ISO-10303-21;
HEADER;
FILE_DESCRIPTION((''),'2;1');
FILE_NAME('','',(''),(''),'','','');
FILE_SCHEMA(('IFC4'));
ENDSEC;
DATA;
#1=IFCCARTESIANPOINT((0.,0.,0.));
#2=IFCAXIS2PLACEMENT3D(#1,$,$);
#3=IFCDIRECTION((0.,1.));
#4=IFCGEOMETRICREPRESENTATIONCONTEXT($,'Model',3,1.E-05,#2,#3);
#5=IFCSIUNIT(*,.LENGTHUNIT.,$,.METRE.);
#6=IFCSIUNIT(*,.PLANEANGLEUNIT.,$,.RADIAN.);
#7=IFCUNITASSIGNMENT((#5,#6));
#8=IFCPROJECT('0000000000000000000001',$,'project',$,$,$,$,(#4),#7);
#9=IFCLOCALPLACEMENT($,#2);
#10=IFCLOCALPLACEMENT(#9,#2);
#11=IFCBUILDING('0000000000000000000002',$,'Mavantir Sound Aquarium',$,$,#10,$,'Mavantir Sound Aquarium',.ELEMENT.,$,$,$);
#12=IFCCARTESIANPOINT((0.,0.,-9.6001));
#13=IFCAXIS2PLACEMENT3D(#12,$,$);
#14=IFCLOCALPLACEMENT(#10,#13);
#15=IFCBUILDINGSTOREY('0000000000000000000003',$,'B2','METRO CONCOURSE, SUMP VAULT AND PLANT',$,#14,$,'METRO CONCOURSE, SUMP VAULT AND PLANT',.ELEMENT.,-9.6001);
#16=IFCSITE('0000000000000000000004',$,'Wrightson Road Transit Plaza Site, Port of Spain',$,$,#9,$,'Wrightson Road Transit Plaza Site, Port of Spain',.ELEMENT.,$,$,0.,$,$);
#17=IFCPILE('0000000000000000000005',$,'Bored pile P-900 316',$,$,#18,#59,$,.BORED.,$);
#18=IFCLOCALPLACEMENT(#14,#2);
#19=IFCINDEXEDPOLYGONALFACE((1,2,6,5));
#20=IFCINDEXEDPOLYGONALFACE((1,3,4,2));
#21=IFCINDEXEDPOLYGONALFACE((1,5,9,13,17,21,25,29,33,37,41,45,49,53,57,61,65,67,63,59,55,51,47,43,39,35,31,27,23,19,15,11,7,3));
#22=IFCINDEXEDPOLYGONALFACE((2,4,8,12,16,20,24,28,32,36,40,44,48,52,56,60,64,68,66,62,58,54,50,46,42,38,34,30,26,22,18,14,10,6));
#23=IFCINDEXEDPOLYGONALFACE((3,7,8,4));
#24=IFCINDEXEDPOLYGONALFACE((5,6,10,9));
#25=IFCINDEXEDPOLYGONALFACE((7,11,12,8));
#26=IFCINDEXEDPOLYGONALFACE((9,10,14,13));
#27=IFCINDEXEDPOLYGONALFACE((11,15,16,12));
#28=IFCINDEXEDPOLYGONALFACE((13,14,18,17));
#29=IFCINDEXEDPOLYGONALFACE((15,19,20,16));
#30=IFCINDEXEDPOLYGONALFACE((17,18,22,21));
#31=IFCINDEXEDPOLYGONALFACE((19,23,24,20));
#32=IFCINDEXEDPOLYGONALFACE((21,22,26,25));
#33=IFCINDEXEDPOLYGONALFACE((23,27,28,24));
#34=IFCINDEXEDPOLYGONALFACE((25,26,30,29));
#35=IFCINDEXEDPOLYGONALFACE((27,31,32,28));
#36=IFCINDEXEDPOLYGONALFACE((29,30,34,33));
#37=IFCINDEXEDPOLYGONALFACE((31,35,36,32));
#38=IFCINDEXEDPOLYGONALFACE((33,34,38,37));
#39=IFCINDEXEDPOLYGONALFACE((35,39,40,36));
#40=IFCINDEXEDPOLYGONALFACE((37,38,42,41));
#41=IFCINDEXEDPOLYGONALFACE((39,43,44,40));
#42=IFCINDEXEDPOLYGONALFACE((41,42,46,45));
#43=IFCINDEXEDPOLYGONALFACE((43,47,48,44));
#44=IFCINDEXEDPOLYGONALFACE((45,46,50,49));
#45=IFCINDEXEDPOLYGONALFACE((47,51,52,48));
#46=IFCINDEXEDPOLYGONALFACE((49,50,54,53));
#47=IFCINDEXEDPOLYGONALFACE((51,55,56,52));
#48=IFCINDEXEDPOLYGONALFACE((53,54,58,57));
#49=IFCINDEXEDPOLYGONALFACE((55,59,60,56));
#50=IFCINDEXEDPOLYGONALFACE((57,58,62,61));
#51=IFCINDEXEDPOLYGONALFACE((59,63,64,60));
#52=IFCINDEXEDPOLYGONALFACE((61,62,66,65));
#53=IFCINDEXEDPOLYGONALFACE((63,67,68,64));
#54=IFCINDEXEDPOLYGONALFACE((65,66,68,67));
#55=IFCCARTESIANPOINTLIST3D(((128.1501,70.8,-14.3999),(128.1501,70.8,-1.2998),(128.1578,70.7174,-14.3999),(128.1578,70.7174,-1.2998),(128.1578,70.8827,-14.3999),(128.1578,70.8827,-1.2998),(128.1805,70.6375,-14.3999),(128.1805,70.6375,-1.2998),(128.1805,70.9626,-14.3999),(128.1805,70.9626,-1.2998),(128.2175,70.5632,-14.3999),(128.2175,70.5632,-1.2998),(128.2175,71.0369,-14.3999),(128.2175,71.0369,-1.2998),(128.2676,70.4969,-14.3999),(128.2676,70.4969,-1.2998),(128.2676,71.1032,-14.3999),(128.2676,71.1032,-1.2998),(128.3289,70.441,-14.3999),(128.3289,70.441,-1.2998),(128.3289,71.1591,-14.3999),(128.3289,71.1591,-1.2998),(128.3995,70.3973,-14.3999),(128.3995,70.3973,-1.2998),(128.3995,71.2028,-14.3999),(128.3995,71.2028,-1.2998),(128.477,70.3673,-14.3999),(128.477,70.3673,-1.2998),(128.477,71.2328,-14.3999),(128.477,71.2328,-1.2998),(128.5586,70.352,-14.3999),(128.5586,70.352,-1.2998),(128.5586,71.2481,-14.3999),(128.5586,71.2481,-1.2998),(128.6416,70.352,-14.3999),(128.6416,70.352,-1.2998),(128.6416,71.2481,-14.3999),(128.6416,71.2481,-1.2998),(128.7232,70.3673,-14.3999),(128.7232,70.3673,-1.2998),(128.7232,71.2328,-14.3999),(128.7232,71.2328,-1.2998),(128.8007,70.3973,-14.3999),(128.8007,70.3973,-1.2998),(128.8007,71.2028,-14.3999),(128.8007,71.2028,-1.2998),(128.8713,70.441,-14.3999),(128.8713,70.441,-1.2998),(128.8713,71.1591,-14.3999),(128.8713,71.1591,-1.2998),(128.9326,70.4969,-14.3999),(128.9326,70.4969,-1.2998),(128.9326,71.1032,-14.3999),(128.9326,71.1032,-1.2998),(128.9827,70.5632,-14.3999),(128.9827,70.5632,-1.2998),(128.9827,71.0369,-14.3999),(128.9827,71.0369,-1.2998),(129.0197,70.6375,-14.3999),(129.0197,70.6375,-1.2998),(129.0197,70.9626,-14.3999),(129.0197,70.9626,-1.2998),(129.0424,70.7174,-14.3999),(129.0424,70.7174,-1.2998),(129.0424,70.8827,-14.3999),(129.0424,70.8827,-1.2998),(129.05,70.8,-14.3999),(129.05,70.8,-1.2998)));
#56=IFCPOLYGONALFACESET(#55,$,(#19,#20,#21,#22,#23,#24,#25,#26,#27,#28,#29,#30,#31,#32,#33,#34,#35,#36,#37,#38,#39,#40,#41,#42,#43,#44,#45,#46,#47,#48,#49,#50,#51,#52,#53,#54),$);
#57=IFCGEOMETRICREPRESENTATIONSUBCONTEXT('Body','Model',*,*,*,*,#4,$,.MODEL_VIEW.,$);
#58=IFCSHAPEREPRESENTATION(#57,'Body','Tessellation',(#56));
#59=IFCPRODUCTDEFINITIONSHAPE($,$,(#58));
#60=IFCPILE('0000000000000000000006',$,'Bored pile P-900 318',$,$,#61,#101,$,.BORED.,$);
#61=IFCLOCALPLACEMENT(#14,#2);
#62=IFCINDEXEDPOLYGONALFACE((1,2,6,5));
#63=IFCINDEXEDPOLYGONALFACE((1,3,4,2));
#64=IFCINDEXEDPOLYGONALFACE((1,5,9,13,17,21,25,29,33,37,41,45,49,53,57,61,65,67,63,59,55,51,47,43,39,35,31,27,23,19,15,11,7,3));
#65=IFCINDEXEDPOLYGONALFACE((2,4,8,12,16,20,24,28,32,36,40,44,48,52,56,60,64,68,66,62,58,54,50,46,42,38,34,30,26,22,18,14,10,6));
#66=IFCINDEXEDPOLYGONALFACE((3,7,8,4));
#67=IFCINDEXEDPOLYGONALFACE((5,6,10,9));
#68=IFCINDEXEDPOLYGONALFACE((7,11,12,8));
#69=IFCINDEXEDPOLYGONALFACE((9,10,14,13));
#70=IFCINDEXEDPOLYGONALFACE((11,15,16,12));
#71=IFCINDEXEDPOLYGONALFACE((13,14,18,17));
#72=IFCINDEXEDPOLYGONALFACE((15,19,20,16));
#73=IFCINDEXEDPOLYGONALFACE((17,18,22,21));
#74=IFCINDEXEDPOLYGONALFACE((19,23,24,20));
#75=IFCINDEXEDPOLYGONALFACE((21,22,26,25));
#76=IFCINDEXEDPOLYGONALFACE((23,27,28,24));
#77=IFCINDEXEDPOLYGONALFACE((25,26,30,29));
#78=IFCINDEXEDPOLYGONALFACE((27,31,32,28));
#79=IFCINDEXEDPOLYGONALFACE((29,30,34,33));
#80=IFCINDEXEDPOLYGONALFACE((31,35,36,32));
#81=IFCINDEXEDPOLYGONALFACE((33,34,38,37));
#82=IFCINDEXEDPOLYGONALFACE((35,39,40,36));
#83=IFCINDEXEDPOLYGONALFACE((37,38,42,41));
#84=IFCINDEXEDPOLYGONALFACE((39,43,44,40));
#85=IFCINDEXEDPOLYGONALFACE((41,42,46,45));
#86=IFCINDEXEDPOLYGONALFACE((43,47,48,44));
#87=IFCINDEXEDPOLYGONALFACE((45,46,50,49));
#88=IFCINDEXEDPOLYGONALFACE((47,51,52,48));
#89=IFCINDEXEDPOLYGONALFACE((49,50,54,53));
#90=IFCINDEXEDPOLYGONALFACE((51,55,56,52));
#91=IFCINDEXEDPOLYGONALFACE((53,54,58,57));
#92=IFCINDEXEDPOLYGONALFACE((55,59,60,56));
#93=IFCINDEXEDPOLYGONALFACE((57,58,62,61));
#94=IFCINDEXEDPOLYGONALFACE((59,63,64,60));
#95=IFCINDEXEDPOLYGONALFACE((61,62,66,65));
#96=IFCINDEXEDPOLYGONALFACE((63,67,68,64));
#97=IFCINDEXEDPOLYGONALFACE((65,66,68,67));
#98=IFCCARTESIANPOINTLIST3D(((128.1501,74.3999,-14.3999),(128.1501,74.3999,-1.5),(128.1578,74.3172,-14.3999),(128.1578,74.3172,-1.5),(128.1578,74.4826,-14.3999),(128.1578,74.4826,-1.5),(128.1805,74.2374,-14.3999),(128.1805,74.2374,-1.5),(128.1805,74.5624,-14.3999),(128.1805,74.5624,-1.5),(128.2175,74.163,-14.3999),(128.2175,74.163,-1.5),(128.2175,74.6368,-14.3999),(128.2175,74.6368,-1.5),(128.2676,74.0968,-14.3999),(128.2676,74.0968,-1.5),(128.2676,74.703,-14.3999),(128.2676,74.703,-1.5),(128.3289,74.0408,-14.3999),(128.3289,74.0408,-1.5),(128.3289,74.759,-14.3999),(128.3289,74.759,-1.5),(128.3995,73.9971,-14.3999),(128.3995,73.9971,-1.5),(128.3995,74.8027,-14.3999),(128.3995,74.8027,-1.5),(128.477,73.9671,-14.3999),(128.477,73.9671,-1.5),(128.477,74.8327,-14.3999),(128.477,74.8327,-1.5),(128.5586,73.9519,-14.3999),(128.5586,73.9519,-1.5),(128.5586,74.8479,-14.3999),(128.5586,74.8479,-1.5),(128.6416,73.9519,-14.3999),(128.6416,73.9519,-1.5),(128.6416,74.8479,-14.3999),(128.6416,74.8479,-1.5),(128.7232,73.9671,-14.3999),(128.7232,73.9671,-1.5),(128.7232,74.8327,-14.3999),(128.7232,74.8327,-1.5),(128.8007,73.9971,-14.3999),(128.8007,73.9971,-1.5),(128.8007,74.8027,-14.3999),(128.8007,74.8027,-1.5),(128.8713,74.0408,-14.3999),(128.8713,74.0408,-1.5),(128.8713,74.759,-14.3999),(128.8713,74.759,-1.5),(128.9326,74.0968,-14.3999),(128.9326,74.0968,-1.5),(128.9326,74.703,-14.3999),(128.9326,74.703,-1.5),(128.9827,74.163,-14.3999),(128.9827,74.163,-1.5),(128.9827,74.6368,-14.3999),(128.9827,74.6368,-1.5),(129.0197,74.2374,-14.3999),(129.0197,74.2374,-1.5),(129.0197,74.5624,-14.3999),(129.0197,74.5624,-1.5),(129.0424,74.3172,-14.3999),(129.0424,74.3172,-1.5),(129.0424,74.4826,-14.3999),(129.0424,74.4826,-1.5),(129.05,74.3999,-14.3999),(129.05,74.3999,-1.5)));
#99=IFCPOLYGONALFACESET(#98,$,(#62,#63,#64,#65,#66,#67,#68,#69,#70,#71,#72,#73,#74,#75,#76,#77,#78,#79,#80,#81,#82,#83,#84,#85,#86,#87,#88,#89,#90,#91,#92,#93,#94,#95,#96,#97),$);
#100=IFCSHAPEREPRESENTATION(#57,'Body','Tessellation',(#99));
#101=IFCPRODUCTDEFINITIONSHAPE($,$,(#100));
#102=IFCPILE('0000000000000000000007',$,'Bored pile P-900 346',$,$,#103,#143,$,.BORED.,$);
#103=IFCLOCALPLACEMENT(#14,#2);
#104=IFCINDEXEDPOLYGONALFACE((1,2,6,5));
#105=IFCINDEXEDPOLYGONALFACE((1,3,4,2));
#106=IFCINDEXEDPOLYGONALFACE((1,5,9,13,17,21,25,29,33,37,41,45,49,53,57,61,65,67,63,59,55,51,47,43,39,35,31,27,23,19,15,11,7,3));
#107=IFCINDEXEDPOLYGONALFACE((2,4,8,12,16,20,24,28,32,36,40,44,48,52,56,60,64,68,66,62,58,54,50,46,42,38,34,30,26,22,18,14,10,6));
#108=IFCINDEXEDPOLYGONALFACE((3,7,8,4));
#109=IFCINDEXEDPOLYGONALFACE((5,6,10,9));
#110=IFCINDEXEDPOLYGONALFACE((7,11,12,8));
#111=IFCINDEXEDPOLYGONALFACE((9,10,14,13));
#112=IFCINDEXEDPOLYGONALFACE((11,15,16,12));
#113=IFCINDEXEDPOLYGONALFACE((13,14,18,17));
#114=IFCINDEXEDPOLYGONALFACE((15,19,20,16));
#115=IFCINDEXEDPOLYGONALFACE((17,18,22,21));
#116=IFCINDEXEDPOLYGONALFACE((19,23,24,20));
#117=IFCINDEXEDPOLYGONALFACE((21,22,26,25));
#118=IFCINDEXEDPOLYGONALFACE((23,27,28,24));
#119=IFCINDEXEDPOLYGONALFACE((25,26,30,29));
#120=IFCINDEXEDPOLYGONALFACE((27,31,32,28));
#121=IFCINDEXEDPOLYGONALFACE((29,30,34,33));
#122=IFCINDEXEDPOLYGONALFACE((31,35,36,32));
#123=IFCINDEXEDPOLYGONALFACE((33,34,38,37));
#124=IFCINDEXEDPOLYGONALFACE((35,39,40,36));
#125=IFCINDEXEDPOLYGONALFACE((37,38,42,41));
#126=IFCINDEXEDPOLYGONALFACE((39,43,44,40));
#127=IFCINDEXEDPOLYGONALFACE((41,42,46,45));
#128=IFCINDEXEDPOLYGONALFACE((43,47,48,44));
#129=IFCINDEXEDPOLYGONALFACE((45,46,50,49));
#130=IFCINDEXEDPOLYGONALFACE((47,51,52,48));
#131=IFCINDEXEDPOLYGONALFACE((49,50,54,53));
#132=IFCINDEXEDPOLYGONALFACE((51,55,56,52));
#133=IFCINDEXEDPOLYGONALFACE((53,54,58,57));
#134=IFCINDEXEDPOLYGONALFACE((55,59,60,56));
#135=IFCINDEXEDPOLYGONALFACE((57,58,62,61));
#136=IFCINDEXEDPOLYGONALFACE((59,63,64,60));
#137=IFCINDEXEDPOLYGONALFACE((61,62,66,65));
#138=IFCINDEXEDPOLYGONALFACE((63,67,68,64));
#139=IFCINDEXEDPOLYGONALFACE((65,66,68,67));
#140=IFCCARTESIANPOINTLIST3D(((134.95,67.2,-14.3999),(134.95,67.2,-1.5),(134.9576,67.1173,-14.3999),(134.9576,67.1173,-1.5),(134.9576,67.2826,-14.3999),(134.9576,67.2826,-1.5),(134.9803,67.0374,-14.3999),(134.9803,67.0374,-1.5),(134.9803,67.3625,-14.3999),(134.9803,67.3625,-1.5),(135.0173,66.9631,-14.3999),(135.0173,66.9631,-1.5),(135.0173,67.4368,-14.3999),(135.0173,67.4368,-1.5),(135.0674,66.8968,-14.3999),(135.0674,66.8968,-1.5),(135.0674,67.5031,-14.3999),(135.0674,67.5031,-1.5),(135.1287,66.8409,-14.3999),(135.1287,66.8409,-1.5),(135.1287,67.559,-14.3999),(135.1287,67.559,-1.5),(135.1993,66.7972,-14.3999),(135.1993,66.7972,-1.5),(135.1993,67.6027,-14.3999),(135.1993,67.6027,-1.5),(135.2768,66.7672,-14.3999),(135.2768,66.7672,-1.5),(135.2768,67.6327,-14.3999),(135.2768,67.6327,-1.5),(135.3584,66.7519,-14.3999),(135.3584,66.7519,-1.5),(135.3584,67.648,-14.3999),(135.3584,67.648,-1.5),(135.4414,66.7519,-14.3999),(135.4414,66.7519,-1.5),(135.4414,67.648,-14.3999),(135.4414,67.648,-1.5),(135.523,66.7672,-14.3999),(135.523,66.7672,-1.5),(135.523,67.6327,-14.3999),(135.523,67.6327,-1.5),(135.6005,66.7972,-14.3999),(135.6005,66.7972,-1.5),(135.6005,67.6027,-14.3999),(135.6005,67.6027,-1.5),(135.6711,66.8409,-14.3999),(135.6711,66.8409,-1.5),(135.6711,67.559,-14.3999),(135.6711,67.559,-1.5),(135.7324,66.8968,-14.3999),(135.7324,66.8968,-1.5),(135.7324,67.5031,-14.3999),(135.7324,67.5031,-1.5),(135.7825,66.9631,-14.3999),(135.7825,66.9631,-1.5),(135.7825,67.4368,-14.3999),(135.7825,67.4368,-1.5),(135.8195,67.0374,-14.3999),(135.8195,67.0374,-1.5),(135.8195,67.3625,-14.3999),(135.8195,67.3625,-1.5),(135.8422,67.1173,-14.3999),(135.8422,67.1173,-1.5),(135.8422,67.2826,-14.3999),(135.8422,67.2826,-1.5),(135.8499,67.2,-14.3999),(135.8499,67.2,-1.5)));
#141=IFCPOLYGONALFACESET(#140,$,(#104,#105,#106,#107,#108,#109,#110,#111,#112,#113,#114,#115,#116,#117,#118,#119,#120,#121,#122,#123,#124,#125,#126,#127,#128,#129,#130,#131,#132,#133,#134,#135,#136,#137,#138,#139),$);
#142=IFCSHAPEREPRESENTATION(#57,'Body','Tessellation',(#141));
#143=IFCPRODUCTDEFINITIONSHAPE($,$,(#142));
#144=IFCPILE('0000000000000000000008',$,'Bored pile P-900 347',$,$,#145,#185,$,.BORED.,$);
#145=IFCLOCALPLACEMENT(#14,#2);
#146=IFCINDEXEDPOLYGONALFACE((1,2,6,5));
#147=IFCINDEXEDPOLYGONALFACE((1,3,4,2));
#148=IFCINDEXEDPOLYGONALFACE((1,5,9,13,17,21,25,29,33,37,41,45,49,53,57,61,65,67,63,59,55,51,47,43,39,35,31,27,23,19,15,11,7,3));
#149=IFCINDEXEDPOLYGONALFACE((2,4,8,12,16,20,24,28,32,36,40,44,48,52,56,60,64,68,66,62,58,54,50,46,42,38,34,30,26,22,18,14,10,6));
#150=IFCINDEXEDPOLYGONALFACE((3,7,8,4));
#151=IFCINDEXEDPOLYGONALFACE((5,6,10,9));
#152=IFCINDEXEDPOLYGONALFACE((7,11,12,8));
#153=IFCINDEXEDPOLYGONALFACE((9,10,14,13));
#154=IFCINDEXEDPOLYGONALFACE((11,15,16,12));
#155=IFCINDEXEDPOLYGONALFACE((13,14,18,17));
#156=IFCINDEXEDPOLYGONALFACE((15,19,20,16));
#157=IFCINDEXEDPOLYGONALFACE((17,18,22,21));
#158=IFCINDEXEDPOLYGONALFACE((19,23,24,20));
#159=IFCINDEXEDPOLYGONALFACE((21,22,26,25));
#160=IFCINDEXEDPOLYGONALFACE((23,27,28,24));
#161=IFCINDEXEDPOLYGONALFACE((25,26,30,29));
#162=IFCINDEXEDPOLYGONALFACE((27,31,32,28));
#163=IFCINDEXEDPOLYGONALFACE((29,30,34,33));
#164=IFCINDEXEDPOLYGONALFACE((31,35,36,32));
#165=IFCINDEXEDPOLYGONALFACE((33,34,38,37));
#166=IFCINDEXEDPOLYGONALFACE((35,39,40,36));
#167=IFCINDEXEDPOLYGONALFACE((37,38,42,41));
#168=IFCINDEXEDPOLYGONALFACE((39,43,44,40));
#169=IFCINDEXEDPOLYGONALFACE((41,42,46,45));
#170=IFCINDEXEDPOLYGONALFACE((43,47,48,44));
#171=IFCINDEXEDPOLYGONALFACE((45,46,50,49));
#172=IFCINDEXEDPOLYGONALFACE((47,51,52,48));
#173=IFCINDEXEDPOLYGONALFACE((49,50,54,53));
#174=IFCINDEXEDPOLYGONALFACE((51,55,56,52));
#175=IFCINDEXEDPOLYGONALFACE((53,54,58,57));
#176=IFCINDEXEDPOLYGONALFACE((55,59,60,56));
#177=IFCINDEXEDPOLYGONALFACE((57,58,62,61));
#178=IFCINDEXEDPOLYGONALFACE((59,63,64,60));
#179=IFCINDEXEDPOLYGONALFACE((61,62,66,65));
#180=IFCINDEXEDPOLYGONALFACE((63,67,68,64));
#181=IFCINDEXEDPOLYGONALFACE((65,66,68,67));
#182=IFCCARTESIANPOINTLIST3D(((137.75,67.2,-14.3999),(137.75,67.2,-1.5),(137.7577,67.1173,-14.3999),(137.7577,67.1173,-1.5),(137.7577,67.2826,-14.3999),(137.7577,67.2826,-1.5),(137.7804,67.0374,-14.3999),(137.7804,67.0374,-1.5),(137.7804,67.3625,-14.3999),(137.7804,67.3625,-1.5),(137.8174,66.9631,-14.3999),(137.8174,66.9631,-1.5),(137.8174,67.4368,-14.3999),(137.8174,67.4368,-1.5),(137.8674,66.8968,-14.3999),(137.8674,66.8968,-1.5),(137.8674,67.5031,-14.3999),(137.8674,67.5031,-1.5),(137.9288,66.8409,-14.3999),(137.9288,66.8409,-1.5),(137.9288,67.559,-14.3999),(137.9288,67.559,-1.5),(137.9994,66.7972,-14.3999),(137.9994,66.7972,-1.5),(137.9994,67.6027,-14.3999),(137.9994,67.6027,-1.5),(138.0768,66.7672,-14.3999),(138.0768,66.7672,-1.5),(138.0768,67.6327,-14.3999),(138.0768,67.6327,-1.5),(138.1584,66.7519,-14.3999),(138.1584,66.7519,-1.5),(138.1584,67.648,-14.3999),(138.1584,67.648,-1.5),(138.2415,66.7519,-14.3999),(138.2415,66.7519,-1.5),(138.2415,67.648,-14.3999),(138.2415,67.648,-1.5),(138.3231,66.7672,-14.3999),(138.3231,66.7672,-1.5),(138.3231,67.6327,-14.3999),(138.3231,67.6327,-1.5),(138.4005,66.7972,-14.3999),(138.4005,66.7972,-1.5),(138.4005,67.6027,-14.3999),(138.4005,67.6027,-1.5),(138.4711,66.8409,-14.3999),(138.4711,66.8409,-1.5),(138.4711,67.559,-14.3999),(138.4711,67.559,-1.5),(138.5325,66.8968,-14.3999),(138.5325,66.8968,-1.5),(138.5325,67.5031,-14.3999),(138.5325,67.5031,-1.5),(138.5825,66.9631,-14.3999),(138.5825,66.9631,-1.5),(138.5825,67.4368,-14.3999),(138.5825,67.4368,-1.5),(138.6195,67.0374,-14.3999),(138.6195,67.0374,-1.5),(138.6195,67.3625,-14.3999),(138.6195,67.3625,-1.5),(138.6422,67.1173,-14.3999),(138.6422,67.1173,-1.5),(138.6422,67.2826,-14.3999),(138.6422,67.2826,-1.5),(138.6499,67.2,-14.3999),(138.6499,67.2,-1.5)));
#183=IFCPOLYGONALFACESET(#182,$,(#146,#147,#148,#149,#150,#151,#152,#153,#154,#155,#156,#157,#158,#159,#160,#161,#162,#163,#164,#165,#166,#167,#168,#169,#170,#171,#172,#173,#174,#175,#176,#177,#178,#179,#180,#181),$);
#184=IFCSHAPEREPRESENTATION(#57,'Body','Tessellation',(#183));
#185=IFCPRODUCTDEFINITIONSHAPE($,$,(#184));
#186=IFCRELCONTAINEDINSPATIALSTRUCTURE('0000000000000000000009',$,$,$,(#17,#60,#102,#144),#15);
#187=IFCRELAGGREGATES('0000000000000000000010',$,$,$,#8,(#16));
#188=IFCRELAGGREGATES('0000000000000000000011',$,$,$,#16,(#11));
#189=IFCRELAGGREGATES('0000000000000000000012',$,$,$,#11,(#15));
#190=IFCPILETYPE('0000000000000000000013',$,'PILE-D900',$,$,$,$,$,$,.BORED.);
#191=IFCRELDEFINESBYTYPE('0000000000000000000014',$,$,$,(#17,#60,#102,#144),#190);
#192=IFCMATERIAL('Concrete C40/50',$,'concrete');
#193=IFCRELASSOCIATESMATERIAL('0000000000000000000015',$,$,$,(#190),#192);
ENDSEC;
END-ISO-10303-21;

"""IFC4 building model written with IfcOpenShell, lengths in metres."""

from ifc_helpers import new_model, si_unit, direction, frame, origin, origin_2d, place, context, subcontext, project, spatial, circle, extrude, material, material_profile, profile_set, type_object, element, save


model = new_model("IFC4")

# Units and contexts
model_context = context("Model", 3, precision=1e-05, world=origin(), true_north=direction((0.0, 1.0)))
body_context = subcontext(model_context, "Body", "Model", "MODEL_VIEW")
ifc_project = project(units=[si_unit("LENGTHUNIT", "METRE"), si_unit("PLANEANGLEUNIT", "RADIAN")], contexts=[model_context])

# Site, building, storey
site_placement = place(None, origin())
site = spatial("IfcSite", under=ifc_project, at=site_placement, Name="Wrightson Road Transit Plaza Site, Port of Spain", LongName="Wrightson Road Transit Plaza Site, Port of Spain", CompositionType="ELEMENT", RefElevation=0.0)
building_placement = place(site_placement, origin())
building = spatial("IfcBuilding", under=site, at=building_placement, Name="Mavantir Sound Aquarium", LongName="Mavantir Sound Aquarium", CompositionType="ELEMENT")
storey_placement = place(building_placement, frame((0.0, 0.0, -9.6001)))
storey = spatial("IfcBuildingStorey", under=building, at=storey_placement, Name="B2", Description="METRO CONCOURSE, SUMP VAULT AND PLANT", LongName="METRO CONCOURSE, SUMP VAULT AND PLANT", CompositionType="ELEMENT", Elevation=-9.6001)

# Shared definitions
ifc_material = material(Name="Concrete C40/50", Category="concrete")

# Piles
ifc_material_profile_1 = material_profile(ifc_material, circle(Radius=0.45, at=origin_2d()), Name="PILE D900")
ifc_profile_set_1 = profile_set([ifc_material_profile_1], Name="Concrete C40/50")
pile_type = type_object("IfcPileType", Name="PILE-D900", PredefinedType="BORED", material=ifc_profile_set_1)
pile_1_placement = place(storey_placement, frame((128.6001, 70.8, -1.2998), z_axis=(0.0, 0.0, -1.0), x_axis=(1.0, 0.0, 0.0)))
element("IfcPile", 1, at=pile_1_placement, inside=storey, type_object=pile_type, Name="Bored pile P-900 316", PredefinedType="BORED", context=body_context, shape_type="SweptSolid", body=[
    extrude(circle(Radius=0.45, at=origin_2d()), origin(), (0.0, 0.0, 1.0), 13.1001),
])
for number, where, z_axis, x_axis, name in (
    (2, (128.6001, 74.3999, -1.5), (0.0, 0.0, -1.0), (1.0, 0.0, 0.0), "Bored pile P-900 318"),
    (3, (135.3999, 67.2, -1.5), (0.0, 0.0, -1.0), (1.0, 0.0, 0.0), "Bored pile P-900 346"),
    (4, (138.2, 67.2, -1.5), (0.0, 0.0, -1.0), (1.0, 0.0, 0.0), "Bored pile P-900 347"),
):
    element("IfcPile", number, at=place(storey_placement, frame(where, z_axis=z_axis, x_axis=x_axis)), inside=storey, type_object=pile_type, Name=name, PredefinedType="BORED", context=body_context, shape_type="SweptSolid", body=[
        extrude(circle(Radius=0.45, at=origin_2d()), origin(), (0.0, 0.0, 1.0), 12.8999),
    ])

save(model, "model.ifc")
